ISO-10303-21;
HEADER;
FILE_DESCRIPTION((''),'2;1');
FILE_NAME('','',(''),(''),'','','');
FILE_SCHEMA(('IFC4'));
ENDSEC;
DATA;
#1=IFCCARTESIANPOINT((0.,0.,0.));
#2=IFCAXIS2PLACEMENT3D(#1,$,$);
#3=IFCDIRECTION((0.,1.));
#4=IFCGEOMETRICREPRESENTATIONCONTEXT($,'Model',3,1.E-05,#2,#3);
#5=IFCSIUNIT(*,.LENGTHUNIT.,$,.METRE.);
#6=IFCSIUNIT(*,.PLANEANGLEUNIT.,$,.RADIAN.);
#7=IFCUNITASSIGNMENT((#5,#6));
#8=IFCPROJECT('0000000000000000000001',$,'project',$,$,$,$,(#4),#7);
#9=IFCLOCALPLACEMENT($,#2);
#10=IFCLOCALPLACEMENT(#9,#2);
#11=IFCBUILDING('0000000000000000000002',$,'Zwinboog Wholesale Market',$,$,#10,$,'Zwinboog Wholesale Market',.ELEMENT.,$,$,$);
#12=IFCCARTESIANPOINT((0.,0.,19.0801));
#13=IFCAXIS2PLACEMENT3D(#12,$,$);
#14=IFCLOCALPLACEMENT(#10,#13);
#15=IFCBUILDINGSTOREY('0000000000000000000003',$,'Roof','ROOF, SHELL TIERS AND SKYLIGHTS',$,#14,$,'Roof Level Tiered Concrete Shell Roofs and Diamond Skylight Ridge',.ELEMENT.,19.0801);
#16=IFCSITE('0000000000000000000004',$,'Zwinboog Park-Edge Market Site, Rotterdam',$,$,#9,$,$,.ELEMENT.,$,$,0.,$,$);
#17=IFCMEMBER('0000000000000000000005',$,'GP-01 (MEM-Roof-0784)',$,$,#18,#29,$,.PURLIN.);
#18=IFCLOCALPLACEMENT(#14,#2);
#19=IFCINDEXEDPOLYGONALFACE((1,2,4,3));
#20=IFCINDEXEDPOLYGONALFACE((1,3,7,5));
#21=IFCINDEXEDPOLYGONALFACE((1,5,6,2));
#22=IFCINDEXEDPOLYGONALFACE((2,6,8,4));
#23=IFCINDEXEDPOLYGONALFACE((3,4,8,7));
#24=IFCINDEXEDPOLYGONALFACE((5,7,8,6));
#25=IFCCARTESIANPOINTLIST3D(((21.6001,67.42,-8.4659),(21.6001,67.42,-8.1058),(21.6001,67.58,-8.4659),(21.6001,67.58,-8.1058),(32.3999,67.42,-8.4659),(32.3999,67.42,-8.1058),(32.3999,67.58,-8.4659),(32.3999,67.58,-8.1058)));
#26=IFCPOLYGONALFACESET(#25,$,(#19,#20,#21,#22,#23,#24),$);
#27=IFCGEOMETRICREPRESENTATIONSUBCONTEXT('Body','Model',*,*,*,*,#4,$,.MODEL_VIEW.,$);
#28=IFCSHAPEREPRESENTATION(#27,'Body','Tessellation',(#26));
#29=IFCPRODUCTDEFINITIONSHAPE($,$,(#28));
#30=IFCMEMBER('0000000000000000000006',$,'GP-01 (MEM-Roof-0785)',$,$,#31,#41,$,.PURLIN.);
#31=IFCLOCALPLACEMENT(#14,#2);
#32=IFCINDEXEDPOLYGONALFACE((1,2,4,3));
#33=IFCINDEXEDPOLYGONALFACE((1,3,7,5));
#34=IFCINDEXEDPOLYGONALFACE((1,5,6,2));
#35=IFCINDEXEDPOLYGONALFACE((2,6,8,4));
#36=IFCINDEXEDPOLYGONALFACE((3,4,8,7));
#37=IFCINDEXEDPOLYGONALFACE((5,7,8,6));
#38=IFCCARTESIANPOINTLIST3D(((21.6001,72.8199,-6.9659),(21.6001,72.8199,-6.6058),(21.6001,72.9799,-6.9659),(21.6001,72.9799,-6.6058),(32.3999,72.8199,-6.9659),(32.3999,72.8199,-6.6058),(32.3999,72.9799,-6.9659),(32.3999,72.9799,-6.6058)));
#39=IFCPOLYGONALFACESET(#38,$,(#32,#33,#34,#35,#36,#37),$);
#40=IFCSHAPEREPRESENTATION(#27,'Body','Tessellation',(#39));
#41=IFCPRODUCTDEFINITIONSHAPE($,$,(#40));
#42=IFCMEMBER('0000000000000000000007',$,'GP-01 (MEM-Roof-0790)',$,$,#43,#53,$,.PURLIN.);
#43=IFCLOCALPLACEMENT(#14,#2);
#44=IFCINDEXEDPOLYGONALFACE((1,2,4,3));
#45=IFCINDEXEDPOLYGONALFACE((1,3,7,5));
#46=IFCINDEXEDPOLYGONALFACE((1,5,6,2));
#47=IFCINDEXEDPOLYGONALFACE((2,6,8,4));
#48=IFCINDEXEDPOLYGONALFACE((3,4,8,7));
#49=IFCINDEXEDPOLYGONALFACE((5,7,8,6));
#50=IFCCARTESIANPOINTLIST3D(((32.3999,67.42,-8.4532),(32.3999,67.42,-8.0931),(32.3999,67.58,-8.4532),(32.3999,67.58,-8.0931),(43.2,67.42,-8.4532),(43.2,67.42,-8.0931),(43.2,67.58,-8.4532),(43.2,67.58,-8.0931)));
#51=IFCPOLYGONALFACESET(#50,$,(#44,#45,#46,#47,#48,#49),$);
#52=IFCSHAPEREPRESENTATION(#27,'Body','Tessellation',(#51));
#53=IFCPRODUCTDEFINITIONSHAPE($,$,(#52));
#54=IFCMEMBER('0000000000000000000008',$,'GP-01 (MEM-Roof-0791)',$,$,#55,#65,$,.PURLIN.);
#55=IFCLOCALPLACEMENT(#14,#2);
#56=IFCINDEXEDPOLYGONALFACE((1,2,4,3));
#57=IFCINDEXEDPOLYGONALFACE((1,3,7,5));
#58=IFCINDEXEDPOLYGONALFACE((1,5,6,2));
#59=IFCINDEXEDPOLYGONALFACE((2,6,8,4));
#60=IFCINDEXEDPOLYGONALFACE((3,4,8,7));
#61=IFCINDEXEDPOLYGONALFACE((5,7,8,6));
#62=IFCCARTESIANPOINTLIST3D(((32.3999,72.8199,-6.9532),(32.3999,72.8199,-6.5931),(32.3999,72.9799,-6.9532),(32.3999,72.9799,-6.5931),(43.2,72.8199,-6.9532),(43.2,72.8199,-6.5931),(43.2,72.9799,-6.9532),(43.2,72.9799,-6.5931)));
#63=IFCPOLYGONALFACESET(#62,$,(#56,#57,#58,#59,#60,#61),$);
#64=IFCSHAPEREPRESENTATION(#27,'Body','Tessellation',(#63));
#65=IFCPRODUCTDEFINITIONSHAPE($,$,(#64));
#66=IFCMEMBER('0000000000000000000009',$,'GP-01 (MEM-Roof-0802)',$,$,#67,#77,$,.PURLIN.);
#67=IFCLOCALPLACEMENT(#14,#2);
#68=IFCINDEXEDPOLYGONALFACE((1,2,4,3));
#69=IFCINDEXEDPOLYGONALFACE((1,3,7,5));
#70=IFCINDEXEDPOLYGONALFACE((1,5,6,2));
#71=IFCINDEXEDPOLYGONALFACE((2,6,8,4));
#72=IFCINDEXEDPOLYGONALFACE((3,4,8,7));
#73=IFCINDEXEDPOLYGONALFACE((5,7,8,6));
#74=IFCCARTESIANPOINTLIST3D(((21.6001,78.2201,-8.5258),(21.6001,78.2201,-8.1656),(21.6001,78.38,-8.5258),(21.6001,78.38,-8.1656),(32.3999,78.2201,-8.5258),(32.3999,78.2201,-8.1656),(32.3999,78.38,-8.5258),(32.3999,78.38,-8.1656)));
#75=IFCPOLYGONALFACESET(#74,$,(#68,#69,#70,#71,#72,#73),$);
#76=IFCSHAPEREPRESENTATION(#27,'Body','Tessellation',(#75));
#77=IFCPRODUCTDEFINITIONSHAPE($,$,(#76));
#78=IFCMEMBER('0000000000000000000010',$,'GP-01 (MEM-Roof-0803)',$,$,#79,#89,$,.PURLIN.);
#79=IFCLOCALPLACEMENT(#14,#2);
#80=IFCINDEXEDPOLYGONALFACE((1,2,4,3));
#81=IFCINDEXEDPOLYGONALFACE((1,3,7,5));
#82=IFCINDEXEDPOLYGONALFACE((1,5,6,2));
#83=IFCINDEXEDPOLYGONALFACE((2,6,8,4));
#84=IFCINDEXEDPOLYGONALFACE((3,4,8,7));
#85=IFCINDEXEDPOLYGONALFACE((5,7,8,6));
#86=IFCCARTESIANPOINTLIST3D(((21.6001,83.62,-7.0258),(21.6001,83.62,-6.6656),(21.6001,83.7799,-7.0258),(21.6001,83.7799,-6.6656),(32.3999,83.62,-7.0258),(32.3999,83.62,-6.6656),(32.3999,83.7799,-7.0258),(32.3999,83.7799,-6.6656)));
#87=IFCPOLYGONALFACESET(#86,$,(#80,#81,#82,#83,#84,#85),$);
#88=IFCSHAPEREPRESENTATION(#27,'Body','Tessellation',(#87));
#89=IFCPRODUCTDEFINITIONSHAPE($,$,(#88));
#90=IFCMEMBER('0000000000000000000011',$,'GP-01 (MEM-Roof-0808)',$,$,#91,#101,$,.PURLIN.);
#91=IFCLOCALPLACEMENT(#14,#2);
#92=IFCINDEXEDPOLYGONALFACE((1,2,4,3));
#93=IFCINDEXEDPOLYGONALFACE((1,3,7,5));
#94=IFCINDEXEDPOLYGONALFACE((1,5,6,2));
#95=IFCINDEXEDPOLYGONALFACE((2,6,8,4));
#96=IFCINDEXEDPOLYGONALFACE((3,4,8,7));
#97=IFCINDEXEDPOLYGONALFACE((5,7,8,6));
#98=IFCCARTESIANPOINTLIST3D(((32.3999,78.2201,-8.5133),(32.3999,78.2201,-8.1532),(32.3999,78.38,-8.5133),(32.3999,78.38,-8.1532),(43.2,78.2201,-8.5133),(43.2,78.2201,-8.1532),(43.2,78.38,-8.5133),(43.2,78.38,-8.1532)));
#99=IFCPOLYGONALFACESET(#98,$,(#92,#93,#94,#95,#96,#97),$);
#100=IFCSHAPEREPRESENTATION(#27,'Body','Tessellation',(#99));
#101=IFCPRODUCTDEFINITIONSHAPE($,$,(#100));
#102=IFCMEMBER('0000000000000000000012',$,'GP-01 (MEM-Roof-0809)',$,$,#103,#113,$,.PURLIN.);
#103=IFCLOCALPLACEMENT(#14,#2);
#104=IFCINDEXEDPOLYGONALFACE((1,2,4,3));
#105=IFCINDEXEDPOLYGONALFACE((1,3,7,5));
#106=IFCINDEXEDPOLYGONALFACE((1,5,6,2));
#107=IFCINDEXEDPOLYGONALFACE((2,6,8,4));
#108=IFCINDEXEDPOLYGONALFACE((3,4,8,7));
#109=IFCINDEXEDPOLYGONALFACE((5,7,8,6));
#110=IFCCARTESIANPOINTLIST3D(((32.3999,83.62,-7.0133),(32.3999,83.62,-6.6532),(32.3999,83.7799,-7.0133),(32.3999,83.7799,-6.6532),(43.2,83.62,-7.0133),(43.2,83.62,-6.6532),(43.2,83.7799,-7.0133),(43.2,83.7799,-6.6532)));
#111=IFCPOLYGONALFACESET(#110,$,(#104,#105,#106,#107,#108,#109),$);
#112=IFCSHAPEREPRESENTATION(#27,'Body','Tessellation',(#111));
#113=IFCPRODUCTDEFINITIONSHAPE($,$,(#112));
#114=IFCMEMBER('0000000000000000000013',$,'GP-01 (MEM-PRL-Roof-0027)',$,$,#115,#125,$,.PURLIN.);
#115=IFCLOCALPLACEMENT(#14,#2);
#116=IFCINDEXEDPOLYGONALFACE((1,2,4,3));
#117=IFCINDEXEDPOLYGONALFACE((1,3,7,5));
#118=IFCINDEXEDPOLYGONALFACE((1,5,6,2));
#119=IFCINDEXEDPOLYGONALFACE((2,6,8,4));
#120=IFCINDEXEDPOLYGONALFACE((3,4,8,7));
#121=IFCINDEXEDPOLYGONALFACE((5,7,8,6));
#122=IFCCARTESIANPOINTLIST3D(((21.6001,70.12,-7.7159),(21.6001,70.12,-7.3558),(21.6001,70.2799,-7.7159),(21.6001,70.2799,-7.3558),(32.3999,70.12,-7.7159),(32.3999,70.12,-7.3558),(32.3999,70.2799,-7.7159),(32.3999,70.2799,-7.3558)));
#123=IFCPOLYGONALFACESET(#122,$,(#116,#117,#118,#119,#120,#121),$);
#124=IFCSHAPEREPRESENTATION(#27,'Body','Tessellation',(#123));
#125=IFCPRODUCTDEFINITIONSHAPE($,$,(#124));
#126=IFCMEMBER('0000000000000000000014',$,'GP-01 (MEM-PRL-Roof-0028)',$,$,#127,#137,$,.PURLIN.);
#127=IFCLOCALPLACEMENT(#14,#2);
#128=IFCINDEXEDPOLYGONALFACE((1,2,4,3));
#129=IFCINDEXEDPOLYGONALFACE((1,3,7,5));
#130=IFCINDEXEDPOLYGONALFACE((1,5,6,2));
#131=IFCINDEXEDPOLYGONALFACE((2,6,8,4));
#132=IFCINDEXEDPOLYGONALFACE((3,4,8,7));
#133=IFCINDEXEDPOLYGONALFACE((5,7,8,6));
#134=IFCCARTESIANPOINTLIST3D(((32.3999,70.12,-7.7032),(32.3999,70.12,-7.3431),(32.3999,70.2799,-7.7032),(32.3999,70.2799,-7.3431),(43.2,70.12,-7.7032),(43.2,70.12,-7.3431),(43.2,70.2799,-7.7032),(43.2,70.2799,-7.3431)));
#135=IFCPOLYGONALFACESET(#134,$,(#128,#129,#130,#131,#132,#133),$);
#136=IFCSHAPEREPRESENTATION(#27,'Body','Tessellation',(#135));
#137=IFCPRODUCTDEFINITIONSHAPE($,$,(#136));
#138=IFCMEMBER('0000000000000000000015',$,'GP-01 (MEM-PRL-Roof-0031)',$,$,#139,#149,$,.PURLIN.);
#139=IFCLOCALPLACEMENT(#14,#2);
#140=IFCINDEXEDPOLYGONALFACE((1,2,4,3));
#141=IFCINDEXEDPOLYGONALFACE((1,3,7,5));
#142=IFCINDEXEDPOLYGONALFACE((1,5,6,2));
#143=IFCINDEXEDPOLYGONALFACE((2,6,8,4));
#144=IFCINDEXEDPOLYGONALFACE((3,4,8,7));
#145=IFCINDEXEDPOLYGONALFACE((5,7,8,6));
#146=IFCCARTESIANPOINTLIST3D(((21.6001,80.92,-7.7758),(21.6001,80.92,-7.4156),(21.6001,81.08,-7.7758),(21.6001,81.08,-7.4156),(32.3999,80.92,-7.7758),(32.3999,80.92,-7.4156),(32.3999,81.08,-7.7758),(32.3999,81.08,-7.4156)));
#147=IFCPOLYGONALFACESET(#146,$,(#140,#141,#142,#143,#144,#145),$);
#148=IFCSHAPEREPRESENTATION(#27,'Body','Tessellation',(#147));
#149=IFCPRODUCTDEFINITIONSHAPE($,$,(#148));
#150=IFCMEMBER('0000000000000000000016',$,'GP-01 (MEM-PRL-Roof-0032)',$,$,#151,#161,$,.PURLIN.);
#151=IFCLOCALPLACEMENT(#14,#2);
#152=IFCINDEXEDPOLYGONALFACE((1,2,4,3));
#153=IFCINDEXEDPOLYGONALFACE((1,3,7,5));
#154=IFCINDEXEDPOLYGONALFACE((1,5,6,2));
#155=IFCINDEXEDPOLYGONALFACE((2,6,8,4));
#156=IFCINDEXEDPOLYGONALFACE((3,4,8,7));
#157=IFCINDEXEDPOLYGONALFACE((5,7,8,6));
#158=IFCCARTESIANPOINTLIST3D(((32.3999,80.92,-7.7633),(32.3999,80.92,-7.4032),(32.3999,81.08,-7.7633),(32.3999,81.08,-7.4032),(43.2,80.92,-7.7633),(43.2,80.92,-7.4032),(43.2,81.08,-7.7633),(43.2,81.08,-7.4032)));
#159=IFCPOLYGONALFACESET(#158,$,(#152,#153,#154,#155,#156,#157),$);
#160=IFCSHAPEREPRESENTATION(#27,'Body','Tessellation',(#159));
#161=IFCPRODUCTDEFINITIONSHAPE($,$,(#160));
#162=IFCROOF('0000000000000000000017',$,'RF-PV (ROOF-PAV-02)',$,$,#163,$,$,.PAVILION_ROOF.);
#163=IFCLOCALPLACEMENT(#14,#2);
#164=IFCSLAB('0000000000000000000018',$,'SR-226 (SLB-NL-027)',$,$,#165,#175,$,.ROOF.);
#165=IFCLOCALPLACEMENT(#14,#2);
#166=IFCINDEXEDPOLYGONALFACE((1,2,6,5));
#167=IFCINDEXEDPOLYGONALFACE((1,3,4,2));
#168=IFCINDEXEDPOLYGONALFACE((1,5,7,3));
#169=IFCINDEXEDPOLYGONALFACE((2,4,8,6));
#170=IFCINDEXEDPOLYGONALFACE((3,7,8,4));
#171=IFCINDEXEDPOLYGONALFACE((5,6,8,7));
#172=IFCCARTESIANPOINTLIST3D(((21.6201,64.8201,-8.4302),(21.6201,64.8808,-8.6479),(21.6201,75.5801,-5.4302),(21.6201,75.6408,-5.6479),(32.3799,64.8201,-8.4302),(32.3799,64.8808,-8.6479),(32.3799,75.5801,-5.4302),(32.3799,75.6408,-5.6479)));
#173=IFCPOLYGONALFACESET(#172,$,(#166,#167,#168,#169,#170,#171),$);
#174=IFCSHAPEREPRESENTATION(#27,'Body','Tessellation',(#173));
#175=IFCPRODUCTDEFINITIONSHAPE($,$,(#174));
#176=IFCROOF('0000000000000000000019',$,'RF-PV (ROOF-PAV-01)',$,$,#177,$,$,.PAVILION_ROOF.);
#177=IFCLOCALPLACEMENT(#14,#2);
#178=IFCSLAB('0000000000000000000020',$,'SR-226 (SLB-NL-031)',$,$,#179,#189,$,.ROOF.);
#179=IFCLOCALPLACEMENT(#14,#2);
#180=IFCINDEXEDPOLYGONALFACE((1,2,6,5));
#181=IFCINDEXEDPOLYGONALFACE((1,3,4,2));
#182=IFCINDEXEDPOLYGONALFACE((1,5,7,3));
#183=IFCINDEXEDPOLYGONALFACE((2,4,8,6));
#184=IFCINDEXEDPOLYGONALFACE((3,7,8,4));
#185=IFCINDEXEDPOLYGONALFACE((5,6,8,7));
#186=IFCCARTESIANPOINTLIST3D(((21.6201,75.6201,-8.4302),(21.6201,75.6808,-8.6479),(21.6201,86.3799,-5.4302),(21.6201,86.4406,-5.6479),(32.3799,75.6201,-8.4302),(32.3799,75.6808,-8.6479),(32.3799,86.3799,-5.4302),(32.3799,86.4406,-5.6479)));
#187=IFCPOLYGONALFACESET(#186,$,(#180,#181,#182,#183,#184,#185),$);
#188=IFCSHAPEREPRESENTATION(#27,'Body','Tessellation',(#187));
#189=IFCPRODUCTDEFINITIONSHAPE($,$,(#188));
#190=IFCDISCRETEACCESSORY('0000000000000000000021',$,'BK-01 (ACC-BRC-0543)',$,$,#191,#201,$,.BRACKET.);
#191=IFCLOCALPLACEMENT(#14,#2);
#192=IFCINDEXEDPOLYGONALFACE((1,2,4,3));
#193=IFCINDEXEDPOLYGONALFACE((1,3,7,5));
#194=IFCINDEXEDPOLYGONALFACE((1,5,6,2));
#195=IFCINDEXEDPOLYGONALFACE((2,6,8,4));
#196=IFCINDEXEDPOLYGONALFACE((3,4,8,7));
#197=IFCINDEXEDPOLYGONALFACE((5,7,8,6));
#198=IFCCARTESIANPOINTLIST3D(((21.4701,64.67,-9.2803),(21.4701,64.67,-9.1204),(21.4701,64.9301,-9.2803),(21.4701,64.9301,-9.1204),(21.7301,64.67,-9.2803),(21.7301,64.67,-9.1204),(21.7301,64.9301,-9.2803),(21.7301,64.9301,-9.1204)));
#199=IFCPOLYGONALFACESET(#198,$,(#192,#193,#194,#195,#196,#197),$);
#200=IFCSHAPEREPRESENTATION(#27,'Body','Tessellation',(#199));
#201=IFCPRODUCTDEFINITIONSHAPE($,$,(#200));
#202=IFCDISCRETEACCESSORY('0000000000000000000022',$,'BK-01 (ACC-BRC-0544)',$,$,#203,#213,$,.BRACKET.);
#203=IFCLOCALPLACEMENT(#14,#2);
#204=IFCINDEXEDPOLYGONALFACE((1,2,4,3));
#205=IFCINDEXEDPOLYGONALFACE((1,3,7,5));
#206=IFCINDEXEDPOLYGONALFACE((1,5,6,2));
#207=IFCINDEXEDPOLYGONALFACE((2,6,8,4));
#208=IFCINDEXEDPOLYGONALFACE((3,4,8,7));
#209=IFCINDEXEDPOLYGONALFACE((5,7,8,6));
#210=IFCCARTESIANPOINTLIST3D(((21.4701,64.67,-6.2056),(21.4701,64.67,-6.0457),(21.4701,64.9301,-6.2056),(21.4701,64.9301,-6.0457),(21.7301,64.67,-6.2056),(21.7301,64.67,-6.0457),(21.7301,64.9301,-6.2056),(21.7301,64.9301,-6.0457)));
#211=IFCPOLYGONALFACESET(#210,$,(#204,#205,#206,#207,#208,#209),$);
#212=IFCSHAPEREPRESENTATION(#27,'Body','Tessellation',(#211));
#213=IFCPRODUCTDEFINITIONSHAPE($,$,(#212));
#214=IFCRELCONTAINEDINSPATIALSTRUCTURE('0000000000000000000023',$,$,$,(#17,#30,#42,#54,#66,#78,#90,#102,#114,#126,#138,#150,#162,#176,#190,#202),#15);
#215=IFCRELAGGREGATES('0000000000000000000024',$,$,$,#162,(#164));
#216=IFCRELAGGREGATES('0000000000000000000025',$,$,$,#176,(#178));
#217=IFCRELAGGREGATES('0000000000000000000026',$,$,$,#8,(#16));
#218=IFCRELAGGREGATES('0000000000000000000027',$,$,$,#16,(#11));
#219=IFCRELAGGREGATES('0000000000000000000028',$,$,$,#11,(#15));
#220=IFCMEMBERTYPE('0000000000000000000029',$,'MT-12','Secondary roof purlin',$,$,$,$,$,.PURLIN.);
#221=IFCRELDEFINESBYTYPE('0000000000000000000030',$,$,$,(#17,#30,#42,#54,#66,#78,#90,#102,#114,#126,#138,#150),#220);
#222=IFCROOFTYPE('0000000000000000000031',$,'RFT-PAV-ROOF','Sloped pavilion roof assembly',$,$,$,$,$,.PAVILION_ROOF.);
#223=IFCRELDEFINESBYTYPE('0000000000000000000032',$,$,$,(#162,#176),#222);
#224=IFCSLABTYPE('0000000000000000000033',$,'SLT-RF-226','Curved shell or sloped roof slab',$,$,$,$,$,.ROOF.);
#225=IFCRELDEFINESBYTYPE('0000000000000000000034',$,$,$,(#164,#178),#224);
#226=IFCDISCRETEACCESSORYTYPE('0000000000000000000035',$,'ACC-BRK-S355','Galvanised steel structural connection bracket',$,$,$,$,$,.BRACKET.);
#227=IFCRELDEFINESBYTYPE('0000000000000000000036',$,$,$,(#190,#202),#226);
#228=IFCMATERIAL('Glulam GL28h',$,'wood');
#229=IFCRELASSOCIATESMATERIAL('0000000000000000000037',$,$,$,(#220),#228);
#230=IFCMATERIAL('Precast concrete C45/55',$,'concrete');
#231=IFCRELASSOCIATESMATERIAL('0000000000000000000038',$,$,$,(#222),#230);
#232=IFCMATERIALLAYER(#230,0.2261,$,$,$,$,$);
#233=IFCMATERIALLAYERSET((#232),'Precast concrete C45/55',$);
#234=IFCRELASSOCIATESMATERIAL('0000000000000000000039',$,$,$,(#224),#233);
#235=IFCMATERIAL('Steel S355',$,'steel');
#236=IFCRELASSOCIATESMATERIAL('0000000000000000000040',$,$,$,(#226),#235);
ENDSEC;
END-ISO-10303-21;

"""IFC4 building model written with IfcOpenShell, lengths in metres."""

from ifc_helpers import new_model, si_unit, direction, frame, origin, origin_2d, place, context, subcontext, project, spatial, polyline, rectangle, outline, extrude, material, layer, layer_set, material_profile, profile_set, type_object, element, aggregate, save


model = new_model("IFC4")

# Units and contexts
model_context = context("Model", 3, precision=1e-05, world=origin(), true_north=direction((0.0, 1.0)))
body_context = subcontext(model_context, "Body", "Model", "MODEL_VIEW")
ifc_project = project(units=[si_unit("LENGTHUNIT", "METRE"), si_unit("PLANEANGLEUNIT", "RADIAN")], contexts=[model_context])

# Site, building, storey
site_placement = place(None, origin())
site = spatial("IfcSite", under=ifc_project, at=site_placement, Name="Zwinboog Park-Edge Market Site, Rotterdam", CompositionType="ELEMENT", RefElevation=0.0)
building_placement = place(site_placement, origin())
building = spatial("IfcBuilding", under=site, at=building_placement, Name="Zwinboog Wholesale Market", LongName="Zwinboog Wholesale Market", CompositionType="ELEMENT")
storey_placement = place(building_placement, frame((0.0, 0.0, 19.0801)))
storey = spatial("IfcBuildingStorey", under=building, at=storey_placement, Name="Roof", Description="ROOF, SHELL TIERS AND SKYLIGHTS", LongName="Roof Level Tiered Concrete Shell Roofs and Diamond Skylight Ridge", CompositionType="ELEMENT", Elevation=19.0801)

# Shared definitions
ifc_material_1 = material(Name="Precast concrete C45/55", Category="concrete")

# Members
ifc_material_2 = material(Name="Steel S355", Category="steel")
ifc_material_3 = material(Name="Glulam GL28h", Category="wood")
ifc_material_profile_1 = material_profile(ifc_material_3, rectangle(XDim=0.1599, YDim=0.3601, at=origin_2d()), Name="GL28h 160x360")
ifc_profile_set_1 = profile_set([ifc_material_profile_1], Name="Glulam GL28h")
member_type_1 = type_object("IfcMemberType", Name="MT-12", Description="Secondary roof purlin", PredefinedType="PURLIN", material=ifc_profile_set_1)
for number, where, z_axis, x_axis, name in (
    (1, (21.6001, 67.5, -8.2859), (1.0, 0.0, 0.0), (0.0, 1.0, 0.0), "GP-01 (MEM-Roof-0784)"),
    (2, (21.6001, 72.8999, -6.7859), (1.0, 0.0, 0.0), (0.0, 1.0, 0.0), "GP-01 (MEM-Roof-0785)"),
):
    element("IfcMember", number, at=place(storey_placement, frame(where, z_axis=z_axis, x_axis=x_axis)), inside=storey, type_object=member_type_1, Name=name, PredefinedType="PURLIN", context=body_context, shape_type="SweptSolid", body=[
        extrude(rectangle(XDim=0.1599, YDim=0.3601, at=origin_2d()), origin(), (0.0, 0.0, 1.0), 10.7998),
    ])
for number, where, z_axis, x_axis, name in (
    (3, (32.3999, 67.5, -8.2732), (1.0, 0.0, 0.0), (0.0, 1.0, 0.0), "GP-01 (MEM-Roof-0790)"),
    (4, (32.3999, 72.8999, -6.7732), (1.0, 0.0, 0.0), (0.0, 1.0, 0.0), "GP-01 (MEM-Roof-0791)"),
):
    element("IfcMember", number, at=place(storey_placement, frame(where, z_axis=z_axis, x_axis=x_axis)), inside=storey, type_object=member_type_1, Name=name, PredefinedType="PURLIN", context=body_context, shape_type="SweptSolid", body=[
        extrude(rectangle(XDim=0.1599, YDim=0.3601, at=origin_2d()), origin(), (0.0, 0.0, 1.0), 10.8),
    ])
for number, where, z_axis, x_axis, name in (
    (5, (21.6001, 78.3, -8.3457), (1.0, 0.0, 0.0), (0.0, 1.0, 0.0), "GP-01 (MEM-Roof-0802)"),
    (6, (21.6001, 83.7, -6.8457), (1.0, 0.0, 0.0), (0.0, 1.0, 0.0), "GP-01 (MEM-Roof-0803)"),
):
    element("IfcMember", number, at=place(storey_placement, frame(where, z_axis=z_axis, x_axis=x_axis)), inside=storey, type_object=member_type_1, Name=name, PredefinedType="PURLIN", context=body_context, shape_type="SweptSolid", body=[
        extrude(rectangle(XDim=0.1599, YDim=0.3601, at=origin_2d()), origin(), (0.0, 0.0, 1.0), 10.7998),
    ])
for number, where, z_axis, x_axis, name in (
    (7, (32.3999, 78.3, -8.3333), (1.0, 0.0, 0.0), (0.0, 1.0, 0.0), "GP-01 (MEM-Roof-0808)"),
    (8, (32.3999, 83.7, -6.8333), (1.0, 0.0, 0.0), (0.0, 1.0, 0.0), "GP-01 (MEM-Roof-0809)"),
):
    element("IfcMember", number, at=place(storey_placement, frame(where, z_axis=z_axis, x_axis=x_axis)), inside=storey, type_object=member_type_1, Name=name, PredefinedType="PURLIN", context=body_context, shape_type="SweptSolid", body=[
        extrude(rectangle(XDim=0.1599, YDim=0.3601, at=origin_2d()), origin(), (0.0, 0.0, 1.0), 10.8),
    ])
member_1_placement = place(storey_placement, frame((21.6001, 70.2, -7.5359), z_axis=(1.0, 0.0, 0.0), x_axis=(0.0, 1.0, 0.0)))
element("IfcMember", 9, at=member_1_placement, inside=storey, type_object=member_type_1, Name="GP-01 (MEM-PRL-Roof-0027)", PredefinedType="PURLIN", context=body_context, shape_type="SweptSolid", body=[
    extrude(rectangle(XDim=0.1599, YDim=0.3601, at=origin_2d()), origin(), (0.0, 0.0, 1.0), 10.7998),
])
member_2_placement = place(storey_placement, frame((32.3999, 70.2, -7.5232), z_axis=(1.0, 0.0, 0.0), x_axis=(0.0, 1.0, 0.0)))
element("IfcMember", 10, at=member_2_placement, inside=storey, type_object=member_type_1, Name="GP-01 (MEM-PRL-Roof-0028)", PredefinedType="PURLIN", context=body_context, shape_type="SweptSolid", body=[
    extrude(rectangle(XDim=0.1599, YDim=0.3601, at=origin_2d()), origin(), (0.0, 0.0, 1.0), 10.8),
])
member_3_placement = place(storey_placement, frame((21.6001, 81.0, -7.5957), z_axis=(1.0, 0.0, 0.0), x_axis=(0.0, 1.0, 0.0)))
element("IfcMember", 11, at=member_3_placement, inside=storey, type_object=member_type_1, Name="GP-01 (MEM-PRL-Roof-0031)", PredefinedType="PURLIN", context=body_context, shape_type="SweptSolid", body=[
    extrude(rectangle(XDim=0.1599, YDim=0.3601, at=origin_2d()), origin(), (0.0, 0.0, 1.0), 10.7998),
])
member_4_placement = place(storey_placement, frame((32.3999, 81.0, -7.5833), z_axis=(1.0, 0.0, 0.0), x_axis=(0.0, 1.0, 0.0)))
element("IfcMember", 12, at=member_4_placement, inside=storey, type_object=member_type_1, Name="GP-01 (MEM-PRL-Roof-0032)", PredefinedType="PURLIN", context=body_context, shape_type="SweptSolid", body=[
    extrude(rectangle(XDim=0.1599, YDim=0.3601, at=origin_2d()), origin(), (0.0, 0.0, 1.0), 10.8),
])

# Roofs, slabs
roof_type = type_object("IfcRoofType", Name="RFT-PAV-ROOF", Description="Sloped pavilion roof assembly", PredefinedType="PAVILION_ROOF", material=ifc_material_1)
roof_1_placement = place(storey_placement, origin())
roof_1 = element("IfcRoof", 13, at=roof_1_placement, inside=storey, type_object=roof_type, Name="RF-PV (ROOF-PAV-02)", PredefinedType="PAVILION_ROOF")
ifc_layer = layer(ifc_material_1, 0.2261)
ifc_layer_set = layer_set([ifc_layer], Name="Precast concrete C45/55")
slab_type = type_object("IfcSlabType", Name="SLT-RF-226", Description="Curved shell or sloped roof slab", PredefinedType="ROOF", material=ifc_layer_set)
slab_1_placement = place(storey_placement, frame((21.6201, 64.8201, -8.4302), z_axis=(0.0, -0.268567, 0.963261), x_axis=(1.0, 0.0, 0.0)))
slab_1 = element("IfcSlab", 14, at=slab_1_placement, type_object=slab_type, Name="SR-226 (SLB-NL-027)", PredefinedType="ROOF", context=body_context, shape_type="SweptSolid", body=[
    extrude(outline(polyline([(0.0, 0.0), (10.7598, 0.0), (10.7598, 11.1704), (0.0, 11.1704), (0.0, 0.0)])), origin(), (0.0, 0.0, -1.0), 0.2261),
])
aggregate(roof_1, [slab_1])
roof_2_placement = place(storey_placement, origin())
roof_2 = element("IfcRoof", 15, at=roof_2_placement, inside=storey, type_object=roof_type, Name="RF-PV (ROOF-PAV-01)", PredefinedType="PAVILION_ROOF")
slab_2_placement = place(storey_placement, frame((21.6201, 75.6201, -8.4302), z_axis=(0.0, -0.268573, 0.963259), x_axis=(1.0, 0.0, 0.0)))
slab_2 = element("IfcSlab", 16, at=slab_2_placement, type_object=slab_type, Name="SR-226 (SLB-NL-031)", PredefinedType="ROOF", context=body_context, shape_type="SweptSolid", body=[
    extrude(outline(polyline([(0.0, 0.0), (10.7598, 0.0), (10.7598, 11.1702), (0.0, 11.1702), (0.0, 0.0)])), origin(), (0.0, 0.0, -1.0), 0.2261),
])
aggregate(roof_2, [slab_2])

# Discrete accessories
discrete_accessory_type = type_object("IfcDiscreteAccessoryType", Name="ACC-BRK-S355", Description="Galvanised steel structural connection bracket", PredefinedType="BRACKET", material=ifc_material_2)
for number, where, z_axis, x_axis, name in (
    (17, (21.6001, 64.8, -9.2803), (0.0, 0.0, 1.0), (1.0, 0.0, 0.0), "BK-01 (ACC-BRC-0543)"),
    (18, (21.6001, 64.8, -6.2056), (0.0, 0.0, 1.0), (1.0, 0.0, 0.0), "BK-01 (ACC-BRC-0544)"),
):
    element("IfcDiscreteAccessory", number, at=place(storey_placement, frame(where, z_axis=z_axis, x_axis=x_axis)), inside=storey, type_object=discrete_accessory_type, Name=name, PredefinedType="BRACKET", context=body_context, shape_type="SweptSolid", body=[
        extrude(rectangle(XDim=0.26, YDim=0.26, at=origin_2d()), origin(), (0.0, 0.0, 1.0), 0.1599),
    ])

save(model, "model.ifc")
